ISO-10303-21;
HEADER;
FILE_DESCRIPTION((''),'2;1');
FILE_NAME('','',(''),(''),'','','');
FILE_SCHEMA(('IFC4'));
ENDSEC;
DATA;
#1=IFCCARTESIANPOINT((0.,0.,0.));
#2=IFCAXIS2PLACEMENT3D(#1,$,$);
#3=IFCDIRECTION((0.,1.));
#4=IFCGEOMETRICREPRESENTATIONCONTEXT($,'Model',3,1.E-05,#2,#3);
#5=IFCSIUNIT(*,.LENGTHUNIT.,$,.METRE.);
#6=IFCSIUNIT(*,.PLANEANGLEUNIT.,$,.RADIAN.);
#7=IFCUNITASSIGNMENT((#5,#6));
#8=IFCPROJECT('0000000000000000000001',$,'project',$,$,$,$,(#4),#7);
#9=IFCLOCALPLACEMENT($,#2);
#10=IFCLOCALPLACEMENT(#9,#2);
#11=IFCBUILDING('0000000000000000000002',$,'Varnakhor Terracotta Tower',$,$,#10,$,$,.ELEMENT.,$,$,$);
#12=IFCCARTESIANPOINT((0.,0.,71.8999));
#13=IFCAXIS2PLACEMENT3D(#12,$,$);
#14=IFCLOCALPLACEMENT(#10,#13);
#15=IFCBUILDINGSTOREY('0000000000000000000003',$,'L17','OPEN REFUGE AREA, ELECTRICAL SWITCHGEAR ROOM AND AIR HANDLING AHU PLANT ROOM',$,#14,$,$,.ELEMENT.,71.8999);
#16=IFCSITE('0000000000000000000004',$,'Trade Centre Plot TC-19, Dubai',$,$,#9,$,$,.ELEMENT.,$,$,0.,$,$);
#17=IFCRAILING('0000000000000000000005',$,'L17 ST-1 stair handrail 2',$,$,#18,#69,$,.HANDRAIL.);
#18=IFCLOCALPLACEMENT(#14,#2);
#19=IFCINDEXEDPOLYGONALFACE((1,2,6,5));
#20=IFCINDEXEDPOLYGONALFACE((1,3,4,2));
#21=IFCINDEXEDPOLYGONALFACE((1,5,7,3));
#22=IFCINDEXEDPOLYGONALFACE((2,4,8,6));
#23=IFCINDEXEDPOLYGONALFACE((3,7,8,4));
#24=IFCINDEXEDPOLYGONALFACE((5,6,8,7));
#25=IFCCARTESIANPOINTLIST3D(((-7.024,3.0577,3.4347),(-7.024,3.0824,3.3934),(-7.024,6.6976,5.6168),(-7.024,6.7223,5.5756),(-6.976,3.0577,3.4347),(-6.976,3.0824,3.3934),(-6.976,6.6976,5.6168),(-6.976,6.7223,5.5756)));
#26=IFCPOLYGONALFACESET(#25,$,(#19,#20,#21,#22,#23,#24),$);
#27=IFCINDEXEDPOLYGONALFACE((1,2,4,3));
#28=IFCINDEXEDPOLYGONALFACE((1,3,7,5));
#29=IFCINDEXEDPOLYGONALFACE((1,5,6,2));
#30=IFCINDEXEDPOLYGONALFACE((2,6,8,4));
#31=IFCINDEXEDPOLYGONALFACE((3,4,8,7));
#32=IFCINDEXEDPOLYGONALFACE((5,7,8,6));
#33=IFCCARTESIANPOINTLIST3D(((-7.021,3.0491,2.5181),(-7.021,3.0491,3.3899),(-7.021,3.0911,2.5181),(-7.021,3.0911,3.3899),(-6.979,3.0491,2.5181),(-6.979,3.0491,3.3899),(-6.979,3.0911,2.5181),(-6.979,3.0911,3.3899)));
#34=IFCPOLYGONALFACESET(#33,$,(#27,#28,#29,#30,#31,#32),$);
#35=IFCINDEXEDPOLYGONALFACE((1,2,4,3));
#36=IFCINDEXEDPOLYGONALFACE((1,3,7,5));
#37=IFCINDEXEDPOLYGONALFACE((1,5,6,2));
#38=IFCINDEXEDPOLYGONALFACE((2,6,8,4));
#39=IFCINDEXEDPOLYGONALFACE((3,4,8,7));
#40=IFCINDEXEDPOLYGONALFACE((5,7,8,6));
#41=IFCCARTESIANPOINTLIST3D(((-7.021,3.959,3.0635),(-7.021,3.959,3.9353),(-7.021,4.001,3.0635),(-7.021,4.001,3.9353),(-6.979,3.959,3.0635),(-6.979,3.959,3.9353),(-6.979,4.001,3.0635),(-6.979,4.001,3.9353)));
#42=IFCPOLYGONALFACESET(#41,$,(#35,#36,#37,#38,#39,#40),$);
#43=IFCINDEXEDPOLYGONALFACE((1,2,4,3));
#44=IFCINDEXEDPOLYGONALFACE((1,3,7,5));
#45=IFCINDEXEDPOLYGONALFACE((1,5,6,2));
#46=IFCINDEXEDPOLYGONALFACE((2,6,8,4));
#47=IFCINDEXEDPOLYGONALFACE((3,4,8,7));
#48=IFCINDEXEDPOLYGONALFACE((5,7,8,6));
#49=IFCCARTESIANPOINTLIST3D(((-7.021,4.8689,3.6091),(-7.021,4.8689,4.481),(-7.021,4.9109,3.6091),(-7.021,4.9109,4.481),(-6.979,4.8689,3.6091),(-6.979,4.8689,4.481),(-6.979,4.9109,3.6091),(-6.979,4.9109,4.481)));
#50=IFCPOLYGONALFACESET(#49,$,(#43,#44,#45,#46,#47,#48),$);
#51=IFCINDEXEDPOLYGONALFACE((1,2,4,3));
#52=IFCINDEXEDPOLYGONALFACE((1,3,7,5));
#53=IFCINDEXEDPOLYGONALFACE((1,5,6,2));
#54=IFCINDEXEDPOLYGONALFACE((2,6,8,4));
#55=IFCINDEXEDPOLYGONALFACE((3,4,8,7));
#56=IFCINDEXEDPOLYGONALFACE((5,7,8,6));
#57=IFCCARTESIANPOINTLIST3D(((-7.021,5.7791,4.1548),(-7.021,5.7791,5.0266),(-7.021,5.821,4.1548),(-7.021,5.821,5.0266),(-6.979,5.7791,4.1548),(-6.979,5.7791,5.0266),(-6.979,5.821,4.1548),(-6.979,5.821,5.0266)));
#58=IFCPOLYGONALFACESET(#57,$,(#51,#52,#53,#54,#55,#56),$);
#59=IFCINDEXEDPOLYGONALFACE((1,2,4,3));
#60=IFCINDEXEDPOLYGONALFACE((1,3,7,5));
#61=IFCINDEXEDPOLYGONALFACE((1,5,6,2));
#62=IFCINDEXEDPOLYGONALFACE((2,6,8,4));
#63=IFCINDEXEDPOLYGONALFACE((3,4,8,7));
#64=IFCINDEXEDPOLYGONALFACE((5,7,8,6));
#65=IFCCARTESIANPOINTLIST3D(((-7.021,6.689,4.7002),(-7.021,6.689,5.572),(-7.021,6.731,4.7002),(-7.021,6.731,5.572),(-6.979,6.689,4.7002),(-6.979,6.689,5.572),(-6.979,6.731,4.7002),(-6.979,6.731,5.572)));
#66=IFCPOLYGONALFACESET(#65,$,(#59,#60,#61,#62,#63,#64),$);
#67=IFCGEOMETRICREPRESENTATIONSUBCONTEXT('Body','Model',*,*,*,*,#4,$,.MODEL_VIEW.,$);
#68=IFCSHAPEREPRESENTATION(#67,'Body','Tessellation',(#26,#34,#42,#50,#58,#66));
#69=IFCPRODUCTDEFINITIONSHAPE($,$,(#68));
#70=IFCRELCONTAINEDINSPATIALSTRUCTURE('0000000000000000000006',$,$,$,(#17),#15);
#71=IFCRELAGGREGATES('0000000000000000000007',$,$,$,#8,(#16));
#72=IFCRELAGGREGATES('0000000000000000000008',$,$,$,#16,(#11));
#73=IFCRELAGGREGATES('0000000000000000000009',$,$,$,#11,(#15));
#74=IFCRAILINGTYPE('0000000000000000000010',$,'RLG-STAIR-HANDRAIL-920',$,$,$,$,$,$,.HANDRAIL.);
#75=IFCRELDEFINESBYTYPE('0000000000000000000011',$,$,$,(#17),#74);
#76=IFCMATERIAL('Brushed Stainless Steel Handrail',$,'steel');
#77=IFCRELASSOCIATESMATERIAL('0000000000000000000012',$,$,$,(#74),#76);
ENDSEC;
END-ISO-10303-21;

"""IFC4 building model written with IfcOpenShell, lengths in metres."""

from ifc_helpers import new_model, si_unit, direction, frame, origin, origin_2d, place, context, subcontext, project, spatial, rectangle, extrude, material, type_object, element, save


model = new_model("IFC4")

# Units and contexts
model_context = context("Model", 3, precision=1e-05, world=origin(), true_north=direction((0.0, 1.0)))
body_context = subcontext(model_context, "Body", "Model", "MODEL_VIEW")
ifc_project = project(units=[si_unit("LENGTHUNIT", "METRE"), si_unit("PLANEANGLEUNIT", "RADIAN")], contexts=[model_context])

# Site, building, storey
site_placement = place(None, origin())
site = spatial("IfcSite", under=ifc_project, at=site_placement, Name="Trade Centre Plot TC-19, Dubai", CompositionType="ELEMENT", RefElevation=0.0)
building_placement = place(site_placement, origin())
building = spatial("IfcBuilding", under=site, at=building_placement, Name="Varnakhor Terracotta Tower", CompositionType="ELEMENT")
storey_placement = place(building_placement, frame((0.0, 0.0, 71.8999)))
storey = spatial("IfcBuildingStorey", under=building, at=storey_placement, Name="L17", Description="OPEN REFUGE AREA, ELECTRICAL SWITCHGEAR ROOM AND AIR HANDLING AHU PLANT ROOM", CompositionType="ELEMENT", Elevation=71.8999)

# Railing
ifc_material_1 = material(Name="Brushed Stainless Steel Handrail", Category="steel")
railing_type_1 = type_object("IfcRailingType", Name="RLG-STAIR-HANDRAIL-920", PredefinedType="HANDRAIL", material=ifc_material_1)
railing_1_placement = place(storey_placement, frame((-7.0, 3.0701, 2.5181)))
element("IfcRailing", 1, at=railing_1_placement, inside=storey, type_object=railing_type_1, Name="L17 ST-1 stair handrail 2", PredefinedType="HANDRAIL", context=body_context, shape_type="SweptSolid", body=[
    extrude(rectangle(XDim=0.0481, YDim=0.0481, at=origin_2d()), frame((0.0, 0.0, 0.896), z_axis=(0.0, 0.857681, 0.514183), x_axis=(-1.0, 0.0, 0.0)), (0.0, 0.0, 1.0), 4.2439),
    extrude(rectangle(XDim=0.042, YDim=0.042, at=origin_2d()), origin(), (0.0, 0.0, 1.0), 0.8718),
    extrude(rectangle(XDim=0.042, YDim=0.042, at=origin_2d()), frame((0.0, 0.9099, 0.5454)), (0.0, 0.0, 1.0), 0.8718),
    extrude(rectangle(XDim=0.042, YDim=0.042, at=origin_2d()), frame((0.0, 1.8198, 1.0911)), (0.0, 0.0, 1.0), 0.8718),
    extrude(rectangle(XDim=0.042, YDim=0.042, at=origin_2d()), frame((0.0, 2.73, 1.6367)), (0.0, 0.0, 1.0), 0.8718),
    extrude(rectangle(XDim=0.042, YDim=0.042, at=origin_2d()), frame((0.0, 3.6399, 2.1821)), (0.0, 0.0, 1.0), 0.8718),
])

save(model, "model.ifc")
